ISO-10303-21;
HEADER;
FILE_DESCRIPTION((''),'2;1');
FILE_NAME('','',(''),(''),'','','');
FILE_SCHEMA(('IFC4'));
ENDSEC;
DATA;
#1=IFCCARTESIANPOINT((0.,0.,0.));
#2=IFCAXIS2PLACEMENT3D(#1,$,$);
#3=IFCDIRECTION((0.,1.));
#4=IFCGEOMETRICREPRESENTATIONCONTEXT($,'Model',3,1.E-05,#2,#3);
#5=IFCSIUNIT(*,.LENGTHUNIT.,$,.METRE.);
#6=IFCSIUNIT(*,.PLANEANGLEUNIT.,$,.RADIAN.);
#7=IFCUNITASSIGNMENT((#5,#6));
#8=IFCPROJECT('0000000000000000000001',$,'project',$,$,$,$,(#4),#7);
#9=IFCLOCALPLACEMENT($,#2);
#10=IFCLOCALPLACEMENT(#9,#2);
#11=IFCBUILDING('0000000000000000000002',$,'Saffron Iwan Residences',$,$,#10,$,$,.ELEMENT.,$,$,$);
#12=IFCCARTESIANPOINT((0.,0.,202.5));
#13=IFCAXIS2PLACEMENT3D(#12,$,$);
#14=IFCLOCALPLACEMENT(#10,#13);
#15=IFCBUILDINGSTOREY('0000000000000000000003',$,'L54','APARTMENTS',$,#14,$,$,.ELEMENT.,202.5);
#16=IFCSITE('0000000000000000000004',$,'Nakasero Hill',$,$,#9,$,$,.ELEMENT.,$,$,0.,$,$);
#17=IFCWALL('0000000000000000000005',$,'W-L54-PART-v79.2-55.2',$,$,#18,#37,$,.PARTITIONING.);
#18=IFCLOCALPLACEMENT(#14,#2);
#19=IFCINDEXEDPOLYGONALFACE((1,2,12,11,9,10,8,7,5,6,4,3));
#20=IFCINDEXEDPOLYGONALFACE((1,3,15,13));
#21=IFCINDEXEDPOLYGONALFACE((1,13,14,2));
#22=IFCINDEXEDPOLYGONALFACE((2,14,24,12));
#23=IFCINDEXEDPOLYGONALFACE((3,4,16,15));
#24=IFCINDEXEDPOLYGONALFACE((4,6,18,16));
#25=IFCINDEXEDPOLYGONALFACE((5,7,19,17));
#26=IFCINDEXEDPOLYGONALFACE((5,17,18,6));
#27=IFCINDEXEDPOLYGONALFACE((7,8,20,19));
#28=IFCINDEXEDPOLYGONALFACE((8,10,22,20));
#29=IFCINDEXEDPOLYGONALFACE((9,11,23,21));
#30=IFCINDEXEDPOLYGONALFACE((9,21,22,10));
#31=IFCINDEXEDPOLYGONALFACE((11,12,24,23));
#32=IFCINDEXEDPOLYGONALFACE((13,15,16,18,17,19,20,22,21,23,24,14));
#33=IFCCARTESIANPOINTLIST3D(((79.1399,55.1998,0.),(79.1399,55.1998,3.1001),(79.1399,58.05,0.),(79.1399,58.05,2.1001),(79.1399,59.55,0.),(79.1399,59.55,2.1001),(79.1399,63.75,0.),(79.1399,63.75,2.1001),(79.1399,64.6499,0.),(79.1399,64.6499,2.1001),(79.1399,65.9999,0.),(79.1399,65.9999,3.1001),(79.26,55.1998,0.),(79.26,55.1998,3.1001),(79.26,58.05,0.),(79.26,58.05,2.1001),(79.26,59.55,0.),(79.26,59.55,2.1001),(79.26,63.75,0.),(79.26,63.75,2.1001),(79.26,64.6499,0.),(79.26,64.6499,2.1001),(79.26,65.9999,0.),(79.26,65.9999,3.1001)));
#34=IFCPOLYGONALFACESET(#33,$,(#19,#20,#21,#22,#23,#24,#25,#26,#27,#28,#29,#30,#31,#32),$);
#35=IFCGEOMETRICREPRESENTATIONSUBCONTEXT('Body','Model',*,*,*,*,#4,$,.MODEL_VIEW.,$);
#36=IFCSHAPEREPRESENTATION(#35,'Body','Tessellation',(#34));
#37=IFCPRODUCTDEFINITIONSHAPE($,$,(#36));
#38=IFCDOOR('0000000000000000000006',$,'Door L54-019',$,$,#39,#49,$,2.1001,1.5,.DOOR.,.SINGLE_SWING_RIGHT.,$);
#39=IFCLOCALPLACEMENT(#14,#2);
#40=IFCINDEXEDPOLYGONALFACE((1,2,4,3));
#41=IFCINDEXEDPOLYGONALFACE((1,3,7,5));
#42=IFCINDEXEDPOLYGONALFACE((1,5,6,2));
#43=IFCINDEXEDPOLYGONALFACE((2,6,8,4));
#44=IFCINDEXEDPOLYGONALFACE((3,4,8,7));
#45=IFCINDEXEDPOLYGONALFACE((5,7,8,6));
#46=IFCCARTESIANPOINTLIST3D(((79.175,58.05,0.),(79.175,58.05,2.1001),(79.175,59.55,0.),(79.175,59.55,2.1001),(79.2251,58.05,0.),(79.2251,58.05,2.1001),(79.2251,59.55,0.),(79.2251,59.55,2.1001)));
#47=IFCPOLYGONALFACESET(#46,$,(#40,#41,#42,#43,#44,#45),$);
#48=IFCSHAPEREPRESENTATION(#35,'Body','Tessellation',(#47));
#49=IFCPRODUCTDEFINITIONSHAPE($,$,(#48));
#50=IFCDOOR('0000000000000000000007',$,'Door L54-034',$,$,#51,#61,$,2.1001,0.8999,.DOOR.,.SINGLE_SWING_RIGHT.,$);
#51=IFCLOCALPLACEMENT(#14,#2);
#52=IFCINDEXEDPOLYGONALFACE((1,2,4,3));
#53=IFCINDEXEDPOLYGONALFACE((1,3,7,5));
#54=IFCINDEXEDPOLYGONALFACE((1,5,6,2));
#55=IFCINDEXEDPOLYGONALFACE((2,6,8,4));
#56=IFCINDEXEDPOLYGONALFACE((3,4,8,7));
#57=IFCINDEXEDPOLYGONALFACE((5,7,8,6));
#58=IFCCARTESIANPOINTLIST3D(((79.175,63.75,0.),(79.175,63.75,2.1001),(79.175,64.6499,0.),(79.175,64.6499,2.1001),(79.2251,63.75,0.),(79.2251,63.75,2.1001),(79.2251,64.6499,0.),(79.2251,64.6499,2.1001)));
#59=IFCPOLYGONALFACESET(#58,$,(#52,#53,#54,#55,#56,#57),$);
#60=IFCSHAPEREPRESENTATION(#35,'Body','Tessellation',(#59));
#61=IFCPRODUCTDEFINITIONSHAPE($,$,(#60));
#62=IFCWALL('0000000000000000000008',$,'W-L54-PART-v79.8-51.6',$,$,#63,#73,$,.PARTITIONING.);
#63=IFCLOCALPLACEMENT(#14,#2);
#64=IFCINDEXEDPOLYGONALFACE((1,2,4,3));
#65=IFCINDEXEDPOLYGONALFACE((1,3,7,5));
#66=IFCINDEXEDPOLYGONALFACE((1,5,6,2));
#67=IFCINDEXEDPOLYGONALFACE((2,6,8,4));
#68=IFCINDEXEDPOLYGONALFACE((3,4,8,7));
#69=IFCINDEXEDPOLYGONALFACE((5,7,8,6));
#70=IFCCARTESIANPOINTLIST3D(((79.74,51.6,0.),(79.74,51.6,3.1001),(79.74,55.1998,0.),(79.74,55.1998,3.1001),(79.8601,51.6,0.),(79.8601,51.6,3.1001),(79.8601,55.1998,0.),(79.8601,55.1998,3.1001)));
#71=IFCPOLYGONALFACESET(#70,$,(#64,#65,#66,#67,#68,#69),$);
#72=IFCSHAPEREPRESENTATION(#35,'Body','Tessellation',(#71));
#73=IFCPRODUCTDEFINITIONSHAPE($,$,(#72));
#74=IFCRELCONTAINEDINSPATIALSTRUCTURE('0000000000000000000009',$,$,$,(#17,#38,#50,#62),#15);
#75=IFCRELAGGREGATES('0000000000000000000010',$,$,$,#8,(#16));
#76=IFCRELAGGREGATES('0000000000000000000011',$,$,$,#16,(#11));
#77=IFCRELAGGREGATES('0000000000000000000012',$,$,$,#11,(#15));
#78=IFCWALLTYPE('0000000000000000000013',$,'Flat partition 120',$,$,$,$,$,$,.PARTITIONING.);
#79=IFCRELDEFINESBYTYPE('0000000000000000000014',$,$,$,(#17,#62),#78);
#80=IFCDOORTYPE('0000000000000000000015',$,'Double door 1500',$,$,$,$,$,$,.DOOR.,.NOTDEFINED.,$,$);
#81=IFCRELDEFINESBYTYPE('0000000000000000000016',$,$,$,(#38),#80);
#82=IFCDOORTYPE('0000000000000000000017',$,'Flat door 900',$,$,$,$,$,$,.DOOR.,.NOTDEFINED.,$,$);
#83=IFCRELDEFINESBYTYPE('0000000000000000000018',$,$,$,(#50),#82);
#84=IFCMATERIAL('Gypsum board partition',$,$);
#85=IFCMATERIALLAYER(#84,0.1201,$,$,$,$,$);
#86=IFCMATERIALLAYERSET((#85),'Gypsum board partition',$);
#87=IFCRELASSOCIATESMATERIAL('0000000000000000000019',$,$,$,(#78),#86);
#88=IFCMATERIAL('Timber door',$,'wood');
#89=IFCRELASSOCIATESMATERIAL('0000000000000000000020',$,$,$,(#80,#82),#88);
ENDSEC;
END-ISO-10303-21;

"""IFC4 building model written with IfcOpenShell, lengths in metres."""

from ifc_helpers import new_model, si_unit, direction, frame, frame_2d, origin, place, context, subcontext, project, spatial, rectangle, extrude, material, layer, layer_set, type_object, element, fill, save


model = new_model("IFC4")

# Units and contexts
model_context = context("Model", 3, precision=1e-05, world=origin(), true_north=direction((0.0, 1.0)))
body_context = subcontext(model_context, "Body", "Model", "MODEL_VIEW")
ifc_project = project(units=[si_unit("LENGTHUNIT", "METRE"), si_unit("PLANEANGLEUNIT", "RADIAN")], contexts=[model_context])

# Site, building, storey
site_placement = place(None, origin())
site = spatial("IfcSite", under=ifc_project, at=site_placement, Name="Nakasero Hill", CompositionType="ELEMENT", RefElevation=0.0)
building_placement = place(site_placement, origin())
building = spatial("IfcBuilding", under=site, at=building_placement, Name="Saffron Iwan Residences", CompositionType="ELEMENT")
storey_placement = place(building_placement, frame((0.0, 0.0, 202.5)))
storey = spatial("IfcBuildingStorey", under=building, at=storey_placement, Name="L54", Description="APARTMENTS", CompositionType="ELEMENT", Elevation=202.5)

# Wall, openings, doors
ifc_material_1 = material(Name="Gypsum board partition")
ifc_layer_1 = layer(ifc_material_1, 0.1201)
ifc_layer_set_1 = layer_set([ifc_layer_1], Name="Gypsum board partition")
wall_type_1 = type_object("IfcWallType", Name="Flat partition 120", PredefinedType="PARTITIONING", material=ifc_layer_set_1)
wall_1_placement = place(storey_placement, frame((79.2, 55.2, 0.0), z_axis=(0.0, 0.0, 1.0), x_axis=(0.0, 1.0, 0.0)))
wall_1 = element("IfcWall", 1, at=wall_1_placement, inside=storey, type_object=wall_type_1, Name="W-L54-PART-v79.2-55.2", PredefinedType="PARTITIONING", context=body_context, shape_type="SweptSolid", body=[
    extrude(rectangle(XDim=10.8, YDim=0.1201, at=frame_2d((5.3999, 0.0))), origin(), (0.0, 0.0, 1.0), 3.1001),
])
opening_1_placement = place(wall_1_placement, frame((2.8501, 0.0, 0.0)))
opening_1 = element("IfcOpeningElement", 2, at=opening_1_placement, cuts=wall_1, PredefinedType="OPENING", context=body_context, shape_type="SweptSolid", body=[
    extrude(rectangle(XDim=1.5, YDim=2.1001, at=frame_2d((0.75, 1.05))), frame((0.0, 0.0701, 0.0), z_axis=(0.0, -1.0, 0.0), x_axis=(1.0, 0.0, 0.0)), (0.0, 0.0, 1.0), 0.1401),
])
opening_2_placement = place(wall_1_placement, frame((8.55, 0.0, 0.0)))
opening_2 = element("IfcOpeningElement", 3, at=opening_2_placement, cuts=wall_1, PredefinedType="OPENING", context=body_context, shape_type="SweptSolid", body=[
    extrude(rectangle(XDim=0.8999, YDim=2.1001, at=frame_2d((0.45, 1.05))), frame((0.0, 0.0701, 0.0), z_axis=(0.0, -1.0, 0.0), x_axis=(1.0, 0.0, 0.0)), (0.0, 0.0, 1.0), 0.1401),
])
ifc_material_2 = material(Name="Timber door", Category="wood")
door_type_1 = type_object("IfcDoorType", Name="Double door 1500", OperationType="NOTDEFINED", PredefinedType="DOOR", material=ifc_material_2)
door_1_placement = place(opening_1_placement, origin())
door_1 = element("IfcDoor", 4, at=door_1_placement, inside=storey, type_object=door_type_1, Name="Door L54-019", OperationType="SINGLE_SWING_RIGHT", OverallHeight=2.1001, OverallWidth=1.5, PredefinedType="DOOR", context=body_context, shape_type="SweptSolid", body=[
    extrude(rectangle(XDim=1.5, YDim=2.1001, at=frame_2d((0.75, 1.05))), frame((0.0, 0.0249, 0.0), z_axis=(0.0, -1.0, 0.0), x_axis=(1.0, 0.0, 0.0)), (0.0, 0.0, 1.0), 0.05),
])
fill(opening_1, door_1)
door_type_2 = type_object("IfcDoorType", Name="Flat door 900", OperationType="NOTDEFINED", PredefinedType="DOOR", material=ifc_material_2)
door_2_placement = place(opening_2_placement, origin())
door_2 = element("IfcDoor", 5, at=door_2_placement, inside=storey, type_object=door_type_2, Name="Door L54-034", OperationType="SINGLE_SWING_RIGHT", OverallHeight=2.1001, OverallWidth=0.8999, PredefinedType="DOOR", context=body_context, shape_type="SweptSolid", body=[
    extrude(rectangle(XDim=0.8999, YDim=2.1001, at=frame_2d((0.45, 1.05))), frame((0.0, 0.0249, 0.0), z_axis=(0.0, -1.0, 0.0), x_axis=(1.0, 0.0, 0.0)), (0.0, 0.0, 1.0), 0.05),
])
fill(opening_2, door_2)

# Wall
wall_2_placement = place(storey_placement, frame((79.8, 51.6001, 0.0), z_axis=(0.0, 0.0, 1.0), x_axis=(0.0, 1.0, 0.0)))
element("IfcWall", 6, at=wall_2_placement, inside=storey, type_object=wall_type_1, Name="W-L54-PART-v79.8-51.6", PredefinedType="PARTITIONING", context=body_context, shape_type="SweptSolid", body=[
    extrude(rectangle(XDim=3.5999, YDim=0.1201, at=frame_2d((1.7998, 0.0))), origin(), (0.0, 0.0, 1.0), 3.1001),
])

save(model, "model.ifc")
